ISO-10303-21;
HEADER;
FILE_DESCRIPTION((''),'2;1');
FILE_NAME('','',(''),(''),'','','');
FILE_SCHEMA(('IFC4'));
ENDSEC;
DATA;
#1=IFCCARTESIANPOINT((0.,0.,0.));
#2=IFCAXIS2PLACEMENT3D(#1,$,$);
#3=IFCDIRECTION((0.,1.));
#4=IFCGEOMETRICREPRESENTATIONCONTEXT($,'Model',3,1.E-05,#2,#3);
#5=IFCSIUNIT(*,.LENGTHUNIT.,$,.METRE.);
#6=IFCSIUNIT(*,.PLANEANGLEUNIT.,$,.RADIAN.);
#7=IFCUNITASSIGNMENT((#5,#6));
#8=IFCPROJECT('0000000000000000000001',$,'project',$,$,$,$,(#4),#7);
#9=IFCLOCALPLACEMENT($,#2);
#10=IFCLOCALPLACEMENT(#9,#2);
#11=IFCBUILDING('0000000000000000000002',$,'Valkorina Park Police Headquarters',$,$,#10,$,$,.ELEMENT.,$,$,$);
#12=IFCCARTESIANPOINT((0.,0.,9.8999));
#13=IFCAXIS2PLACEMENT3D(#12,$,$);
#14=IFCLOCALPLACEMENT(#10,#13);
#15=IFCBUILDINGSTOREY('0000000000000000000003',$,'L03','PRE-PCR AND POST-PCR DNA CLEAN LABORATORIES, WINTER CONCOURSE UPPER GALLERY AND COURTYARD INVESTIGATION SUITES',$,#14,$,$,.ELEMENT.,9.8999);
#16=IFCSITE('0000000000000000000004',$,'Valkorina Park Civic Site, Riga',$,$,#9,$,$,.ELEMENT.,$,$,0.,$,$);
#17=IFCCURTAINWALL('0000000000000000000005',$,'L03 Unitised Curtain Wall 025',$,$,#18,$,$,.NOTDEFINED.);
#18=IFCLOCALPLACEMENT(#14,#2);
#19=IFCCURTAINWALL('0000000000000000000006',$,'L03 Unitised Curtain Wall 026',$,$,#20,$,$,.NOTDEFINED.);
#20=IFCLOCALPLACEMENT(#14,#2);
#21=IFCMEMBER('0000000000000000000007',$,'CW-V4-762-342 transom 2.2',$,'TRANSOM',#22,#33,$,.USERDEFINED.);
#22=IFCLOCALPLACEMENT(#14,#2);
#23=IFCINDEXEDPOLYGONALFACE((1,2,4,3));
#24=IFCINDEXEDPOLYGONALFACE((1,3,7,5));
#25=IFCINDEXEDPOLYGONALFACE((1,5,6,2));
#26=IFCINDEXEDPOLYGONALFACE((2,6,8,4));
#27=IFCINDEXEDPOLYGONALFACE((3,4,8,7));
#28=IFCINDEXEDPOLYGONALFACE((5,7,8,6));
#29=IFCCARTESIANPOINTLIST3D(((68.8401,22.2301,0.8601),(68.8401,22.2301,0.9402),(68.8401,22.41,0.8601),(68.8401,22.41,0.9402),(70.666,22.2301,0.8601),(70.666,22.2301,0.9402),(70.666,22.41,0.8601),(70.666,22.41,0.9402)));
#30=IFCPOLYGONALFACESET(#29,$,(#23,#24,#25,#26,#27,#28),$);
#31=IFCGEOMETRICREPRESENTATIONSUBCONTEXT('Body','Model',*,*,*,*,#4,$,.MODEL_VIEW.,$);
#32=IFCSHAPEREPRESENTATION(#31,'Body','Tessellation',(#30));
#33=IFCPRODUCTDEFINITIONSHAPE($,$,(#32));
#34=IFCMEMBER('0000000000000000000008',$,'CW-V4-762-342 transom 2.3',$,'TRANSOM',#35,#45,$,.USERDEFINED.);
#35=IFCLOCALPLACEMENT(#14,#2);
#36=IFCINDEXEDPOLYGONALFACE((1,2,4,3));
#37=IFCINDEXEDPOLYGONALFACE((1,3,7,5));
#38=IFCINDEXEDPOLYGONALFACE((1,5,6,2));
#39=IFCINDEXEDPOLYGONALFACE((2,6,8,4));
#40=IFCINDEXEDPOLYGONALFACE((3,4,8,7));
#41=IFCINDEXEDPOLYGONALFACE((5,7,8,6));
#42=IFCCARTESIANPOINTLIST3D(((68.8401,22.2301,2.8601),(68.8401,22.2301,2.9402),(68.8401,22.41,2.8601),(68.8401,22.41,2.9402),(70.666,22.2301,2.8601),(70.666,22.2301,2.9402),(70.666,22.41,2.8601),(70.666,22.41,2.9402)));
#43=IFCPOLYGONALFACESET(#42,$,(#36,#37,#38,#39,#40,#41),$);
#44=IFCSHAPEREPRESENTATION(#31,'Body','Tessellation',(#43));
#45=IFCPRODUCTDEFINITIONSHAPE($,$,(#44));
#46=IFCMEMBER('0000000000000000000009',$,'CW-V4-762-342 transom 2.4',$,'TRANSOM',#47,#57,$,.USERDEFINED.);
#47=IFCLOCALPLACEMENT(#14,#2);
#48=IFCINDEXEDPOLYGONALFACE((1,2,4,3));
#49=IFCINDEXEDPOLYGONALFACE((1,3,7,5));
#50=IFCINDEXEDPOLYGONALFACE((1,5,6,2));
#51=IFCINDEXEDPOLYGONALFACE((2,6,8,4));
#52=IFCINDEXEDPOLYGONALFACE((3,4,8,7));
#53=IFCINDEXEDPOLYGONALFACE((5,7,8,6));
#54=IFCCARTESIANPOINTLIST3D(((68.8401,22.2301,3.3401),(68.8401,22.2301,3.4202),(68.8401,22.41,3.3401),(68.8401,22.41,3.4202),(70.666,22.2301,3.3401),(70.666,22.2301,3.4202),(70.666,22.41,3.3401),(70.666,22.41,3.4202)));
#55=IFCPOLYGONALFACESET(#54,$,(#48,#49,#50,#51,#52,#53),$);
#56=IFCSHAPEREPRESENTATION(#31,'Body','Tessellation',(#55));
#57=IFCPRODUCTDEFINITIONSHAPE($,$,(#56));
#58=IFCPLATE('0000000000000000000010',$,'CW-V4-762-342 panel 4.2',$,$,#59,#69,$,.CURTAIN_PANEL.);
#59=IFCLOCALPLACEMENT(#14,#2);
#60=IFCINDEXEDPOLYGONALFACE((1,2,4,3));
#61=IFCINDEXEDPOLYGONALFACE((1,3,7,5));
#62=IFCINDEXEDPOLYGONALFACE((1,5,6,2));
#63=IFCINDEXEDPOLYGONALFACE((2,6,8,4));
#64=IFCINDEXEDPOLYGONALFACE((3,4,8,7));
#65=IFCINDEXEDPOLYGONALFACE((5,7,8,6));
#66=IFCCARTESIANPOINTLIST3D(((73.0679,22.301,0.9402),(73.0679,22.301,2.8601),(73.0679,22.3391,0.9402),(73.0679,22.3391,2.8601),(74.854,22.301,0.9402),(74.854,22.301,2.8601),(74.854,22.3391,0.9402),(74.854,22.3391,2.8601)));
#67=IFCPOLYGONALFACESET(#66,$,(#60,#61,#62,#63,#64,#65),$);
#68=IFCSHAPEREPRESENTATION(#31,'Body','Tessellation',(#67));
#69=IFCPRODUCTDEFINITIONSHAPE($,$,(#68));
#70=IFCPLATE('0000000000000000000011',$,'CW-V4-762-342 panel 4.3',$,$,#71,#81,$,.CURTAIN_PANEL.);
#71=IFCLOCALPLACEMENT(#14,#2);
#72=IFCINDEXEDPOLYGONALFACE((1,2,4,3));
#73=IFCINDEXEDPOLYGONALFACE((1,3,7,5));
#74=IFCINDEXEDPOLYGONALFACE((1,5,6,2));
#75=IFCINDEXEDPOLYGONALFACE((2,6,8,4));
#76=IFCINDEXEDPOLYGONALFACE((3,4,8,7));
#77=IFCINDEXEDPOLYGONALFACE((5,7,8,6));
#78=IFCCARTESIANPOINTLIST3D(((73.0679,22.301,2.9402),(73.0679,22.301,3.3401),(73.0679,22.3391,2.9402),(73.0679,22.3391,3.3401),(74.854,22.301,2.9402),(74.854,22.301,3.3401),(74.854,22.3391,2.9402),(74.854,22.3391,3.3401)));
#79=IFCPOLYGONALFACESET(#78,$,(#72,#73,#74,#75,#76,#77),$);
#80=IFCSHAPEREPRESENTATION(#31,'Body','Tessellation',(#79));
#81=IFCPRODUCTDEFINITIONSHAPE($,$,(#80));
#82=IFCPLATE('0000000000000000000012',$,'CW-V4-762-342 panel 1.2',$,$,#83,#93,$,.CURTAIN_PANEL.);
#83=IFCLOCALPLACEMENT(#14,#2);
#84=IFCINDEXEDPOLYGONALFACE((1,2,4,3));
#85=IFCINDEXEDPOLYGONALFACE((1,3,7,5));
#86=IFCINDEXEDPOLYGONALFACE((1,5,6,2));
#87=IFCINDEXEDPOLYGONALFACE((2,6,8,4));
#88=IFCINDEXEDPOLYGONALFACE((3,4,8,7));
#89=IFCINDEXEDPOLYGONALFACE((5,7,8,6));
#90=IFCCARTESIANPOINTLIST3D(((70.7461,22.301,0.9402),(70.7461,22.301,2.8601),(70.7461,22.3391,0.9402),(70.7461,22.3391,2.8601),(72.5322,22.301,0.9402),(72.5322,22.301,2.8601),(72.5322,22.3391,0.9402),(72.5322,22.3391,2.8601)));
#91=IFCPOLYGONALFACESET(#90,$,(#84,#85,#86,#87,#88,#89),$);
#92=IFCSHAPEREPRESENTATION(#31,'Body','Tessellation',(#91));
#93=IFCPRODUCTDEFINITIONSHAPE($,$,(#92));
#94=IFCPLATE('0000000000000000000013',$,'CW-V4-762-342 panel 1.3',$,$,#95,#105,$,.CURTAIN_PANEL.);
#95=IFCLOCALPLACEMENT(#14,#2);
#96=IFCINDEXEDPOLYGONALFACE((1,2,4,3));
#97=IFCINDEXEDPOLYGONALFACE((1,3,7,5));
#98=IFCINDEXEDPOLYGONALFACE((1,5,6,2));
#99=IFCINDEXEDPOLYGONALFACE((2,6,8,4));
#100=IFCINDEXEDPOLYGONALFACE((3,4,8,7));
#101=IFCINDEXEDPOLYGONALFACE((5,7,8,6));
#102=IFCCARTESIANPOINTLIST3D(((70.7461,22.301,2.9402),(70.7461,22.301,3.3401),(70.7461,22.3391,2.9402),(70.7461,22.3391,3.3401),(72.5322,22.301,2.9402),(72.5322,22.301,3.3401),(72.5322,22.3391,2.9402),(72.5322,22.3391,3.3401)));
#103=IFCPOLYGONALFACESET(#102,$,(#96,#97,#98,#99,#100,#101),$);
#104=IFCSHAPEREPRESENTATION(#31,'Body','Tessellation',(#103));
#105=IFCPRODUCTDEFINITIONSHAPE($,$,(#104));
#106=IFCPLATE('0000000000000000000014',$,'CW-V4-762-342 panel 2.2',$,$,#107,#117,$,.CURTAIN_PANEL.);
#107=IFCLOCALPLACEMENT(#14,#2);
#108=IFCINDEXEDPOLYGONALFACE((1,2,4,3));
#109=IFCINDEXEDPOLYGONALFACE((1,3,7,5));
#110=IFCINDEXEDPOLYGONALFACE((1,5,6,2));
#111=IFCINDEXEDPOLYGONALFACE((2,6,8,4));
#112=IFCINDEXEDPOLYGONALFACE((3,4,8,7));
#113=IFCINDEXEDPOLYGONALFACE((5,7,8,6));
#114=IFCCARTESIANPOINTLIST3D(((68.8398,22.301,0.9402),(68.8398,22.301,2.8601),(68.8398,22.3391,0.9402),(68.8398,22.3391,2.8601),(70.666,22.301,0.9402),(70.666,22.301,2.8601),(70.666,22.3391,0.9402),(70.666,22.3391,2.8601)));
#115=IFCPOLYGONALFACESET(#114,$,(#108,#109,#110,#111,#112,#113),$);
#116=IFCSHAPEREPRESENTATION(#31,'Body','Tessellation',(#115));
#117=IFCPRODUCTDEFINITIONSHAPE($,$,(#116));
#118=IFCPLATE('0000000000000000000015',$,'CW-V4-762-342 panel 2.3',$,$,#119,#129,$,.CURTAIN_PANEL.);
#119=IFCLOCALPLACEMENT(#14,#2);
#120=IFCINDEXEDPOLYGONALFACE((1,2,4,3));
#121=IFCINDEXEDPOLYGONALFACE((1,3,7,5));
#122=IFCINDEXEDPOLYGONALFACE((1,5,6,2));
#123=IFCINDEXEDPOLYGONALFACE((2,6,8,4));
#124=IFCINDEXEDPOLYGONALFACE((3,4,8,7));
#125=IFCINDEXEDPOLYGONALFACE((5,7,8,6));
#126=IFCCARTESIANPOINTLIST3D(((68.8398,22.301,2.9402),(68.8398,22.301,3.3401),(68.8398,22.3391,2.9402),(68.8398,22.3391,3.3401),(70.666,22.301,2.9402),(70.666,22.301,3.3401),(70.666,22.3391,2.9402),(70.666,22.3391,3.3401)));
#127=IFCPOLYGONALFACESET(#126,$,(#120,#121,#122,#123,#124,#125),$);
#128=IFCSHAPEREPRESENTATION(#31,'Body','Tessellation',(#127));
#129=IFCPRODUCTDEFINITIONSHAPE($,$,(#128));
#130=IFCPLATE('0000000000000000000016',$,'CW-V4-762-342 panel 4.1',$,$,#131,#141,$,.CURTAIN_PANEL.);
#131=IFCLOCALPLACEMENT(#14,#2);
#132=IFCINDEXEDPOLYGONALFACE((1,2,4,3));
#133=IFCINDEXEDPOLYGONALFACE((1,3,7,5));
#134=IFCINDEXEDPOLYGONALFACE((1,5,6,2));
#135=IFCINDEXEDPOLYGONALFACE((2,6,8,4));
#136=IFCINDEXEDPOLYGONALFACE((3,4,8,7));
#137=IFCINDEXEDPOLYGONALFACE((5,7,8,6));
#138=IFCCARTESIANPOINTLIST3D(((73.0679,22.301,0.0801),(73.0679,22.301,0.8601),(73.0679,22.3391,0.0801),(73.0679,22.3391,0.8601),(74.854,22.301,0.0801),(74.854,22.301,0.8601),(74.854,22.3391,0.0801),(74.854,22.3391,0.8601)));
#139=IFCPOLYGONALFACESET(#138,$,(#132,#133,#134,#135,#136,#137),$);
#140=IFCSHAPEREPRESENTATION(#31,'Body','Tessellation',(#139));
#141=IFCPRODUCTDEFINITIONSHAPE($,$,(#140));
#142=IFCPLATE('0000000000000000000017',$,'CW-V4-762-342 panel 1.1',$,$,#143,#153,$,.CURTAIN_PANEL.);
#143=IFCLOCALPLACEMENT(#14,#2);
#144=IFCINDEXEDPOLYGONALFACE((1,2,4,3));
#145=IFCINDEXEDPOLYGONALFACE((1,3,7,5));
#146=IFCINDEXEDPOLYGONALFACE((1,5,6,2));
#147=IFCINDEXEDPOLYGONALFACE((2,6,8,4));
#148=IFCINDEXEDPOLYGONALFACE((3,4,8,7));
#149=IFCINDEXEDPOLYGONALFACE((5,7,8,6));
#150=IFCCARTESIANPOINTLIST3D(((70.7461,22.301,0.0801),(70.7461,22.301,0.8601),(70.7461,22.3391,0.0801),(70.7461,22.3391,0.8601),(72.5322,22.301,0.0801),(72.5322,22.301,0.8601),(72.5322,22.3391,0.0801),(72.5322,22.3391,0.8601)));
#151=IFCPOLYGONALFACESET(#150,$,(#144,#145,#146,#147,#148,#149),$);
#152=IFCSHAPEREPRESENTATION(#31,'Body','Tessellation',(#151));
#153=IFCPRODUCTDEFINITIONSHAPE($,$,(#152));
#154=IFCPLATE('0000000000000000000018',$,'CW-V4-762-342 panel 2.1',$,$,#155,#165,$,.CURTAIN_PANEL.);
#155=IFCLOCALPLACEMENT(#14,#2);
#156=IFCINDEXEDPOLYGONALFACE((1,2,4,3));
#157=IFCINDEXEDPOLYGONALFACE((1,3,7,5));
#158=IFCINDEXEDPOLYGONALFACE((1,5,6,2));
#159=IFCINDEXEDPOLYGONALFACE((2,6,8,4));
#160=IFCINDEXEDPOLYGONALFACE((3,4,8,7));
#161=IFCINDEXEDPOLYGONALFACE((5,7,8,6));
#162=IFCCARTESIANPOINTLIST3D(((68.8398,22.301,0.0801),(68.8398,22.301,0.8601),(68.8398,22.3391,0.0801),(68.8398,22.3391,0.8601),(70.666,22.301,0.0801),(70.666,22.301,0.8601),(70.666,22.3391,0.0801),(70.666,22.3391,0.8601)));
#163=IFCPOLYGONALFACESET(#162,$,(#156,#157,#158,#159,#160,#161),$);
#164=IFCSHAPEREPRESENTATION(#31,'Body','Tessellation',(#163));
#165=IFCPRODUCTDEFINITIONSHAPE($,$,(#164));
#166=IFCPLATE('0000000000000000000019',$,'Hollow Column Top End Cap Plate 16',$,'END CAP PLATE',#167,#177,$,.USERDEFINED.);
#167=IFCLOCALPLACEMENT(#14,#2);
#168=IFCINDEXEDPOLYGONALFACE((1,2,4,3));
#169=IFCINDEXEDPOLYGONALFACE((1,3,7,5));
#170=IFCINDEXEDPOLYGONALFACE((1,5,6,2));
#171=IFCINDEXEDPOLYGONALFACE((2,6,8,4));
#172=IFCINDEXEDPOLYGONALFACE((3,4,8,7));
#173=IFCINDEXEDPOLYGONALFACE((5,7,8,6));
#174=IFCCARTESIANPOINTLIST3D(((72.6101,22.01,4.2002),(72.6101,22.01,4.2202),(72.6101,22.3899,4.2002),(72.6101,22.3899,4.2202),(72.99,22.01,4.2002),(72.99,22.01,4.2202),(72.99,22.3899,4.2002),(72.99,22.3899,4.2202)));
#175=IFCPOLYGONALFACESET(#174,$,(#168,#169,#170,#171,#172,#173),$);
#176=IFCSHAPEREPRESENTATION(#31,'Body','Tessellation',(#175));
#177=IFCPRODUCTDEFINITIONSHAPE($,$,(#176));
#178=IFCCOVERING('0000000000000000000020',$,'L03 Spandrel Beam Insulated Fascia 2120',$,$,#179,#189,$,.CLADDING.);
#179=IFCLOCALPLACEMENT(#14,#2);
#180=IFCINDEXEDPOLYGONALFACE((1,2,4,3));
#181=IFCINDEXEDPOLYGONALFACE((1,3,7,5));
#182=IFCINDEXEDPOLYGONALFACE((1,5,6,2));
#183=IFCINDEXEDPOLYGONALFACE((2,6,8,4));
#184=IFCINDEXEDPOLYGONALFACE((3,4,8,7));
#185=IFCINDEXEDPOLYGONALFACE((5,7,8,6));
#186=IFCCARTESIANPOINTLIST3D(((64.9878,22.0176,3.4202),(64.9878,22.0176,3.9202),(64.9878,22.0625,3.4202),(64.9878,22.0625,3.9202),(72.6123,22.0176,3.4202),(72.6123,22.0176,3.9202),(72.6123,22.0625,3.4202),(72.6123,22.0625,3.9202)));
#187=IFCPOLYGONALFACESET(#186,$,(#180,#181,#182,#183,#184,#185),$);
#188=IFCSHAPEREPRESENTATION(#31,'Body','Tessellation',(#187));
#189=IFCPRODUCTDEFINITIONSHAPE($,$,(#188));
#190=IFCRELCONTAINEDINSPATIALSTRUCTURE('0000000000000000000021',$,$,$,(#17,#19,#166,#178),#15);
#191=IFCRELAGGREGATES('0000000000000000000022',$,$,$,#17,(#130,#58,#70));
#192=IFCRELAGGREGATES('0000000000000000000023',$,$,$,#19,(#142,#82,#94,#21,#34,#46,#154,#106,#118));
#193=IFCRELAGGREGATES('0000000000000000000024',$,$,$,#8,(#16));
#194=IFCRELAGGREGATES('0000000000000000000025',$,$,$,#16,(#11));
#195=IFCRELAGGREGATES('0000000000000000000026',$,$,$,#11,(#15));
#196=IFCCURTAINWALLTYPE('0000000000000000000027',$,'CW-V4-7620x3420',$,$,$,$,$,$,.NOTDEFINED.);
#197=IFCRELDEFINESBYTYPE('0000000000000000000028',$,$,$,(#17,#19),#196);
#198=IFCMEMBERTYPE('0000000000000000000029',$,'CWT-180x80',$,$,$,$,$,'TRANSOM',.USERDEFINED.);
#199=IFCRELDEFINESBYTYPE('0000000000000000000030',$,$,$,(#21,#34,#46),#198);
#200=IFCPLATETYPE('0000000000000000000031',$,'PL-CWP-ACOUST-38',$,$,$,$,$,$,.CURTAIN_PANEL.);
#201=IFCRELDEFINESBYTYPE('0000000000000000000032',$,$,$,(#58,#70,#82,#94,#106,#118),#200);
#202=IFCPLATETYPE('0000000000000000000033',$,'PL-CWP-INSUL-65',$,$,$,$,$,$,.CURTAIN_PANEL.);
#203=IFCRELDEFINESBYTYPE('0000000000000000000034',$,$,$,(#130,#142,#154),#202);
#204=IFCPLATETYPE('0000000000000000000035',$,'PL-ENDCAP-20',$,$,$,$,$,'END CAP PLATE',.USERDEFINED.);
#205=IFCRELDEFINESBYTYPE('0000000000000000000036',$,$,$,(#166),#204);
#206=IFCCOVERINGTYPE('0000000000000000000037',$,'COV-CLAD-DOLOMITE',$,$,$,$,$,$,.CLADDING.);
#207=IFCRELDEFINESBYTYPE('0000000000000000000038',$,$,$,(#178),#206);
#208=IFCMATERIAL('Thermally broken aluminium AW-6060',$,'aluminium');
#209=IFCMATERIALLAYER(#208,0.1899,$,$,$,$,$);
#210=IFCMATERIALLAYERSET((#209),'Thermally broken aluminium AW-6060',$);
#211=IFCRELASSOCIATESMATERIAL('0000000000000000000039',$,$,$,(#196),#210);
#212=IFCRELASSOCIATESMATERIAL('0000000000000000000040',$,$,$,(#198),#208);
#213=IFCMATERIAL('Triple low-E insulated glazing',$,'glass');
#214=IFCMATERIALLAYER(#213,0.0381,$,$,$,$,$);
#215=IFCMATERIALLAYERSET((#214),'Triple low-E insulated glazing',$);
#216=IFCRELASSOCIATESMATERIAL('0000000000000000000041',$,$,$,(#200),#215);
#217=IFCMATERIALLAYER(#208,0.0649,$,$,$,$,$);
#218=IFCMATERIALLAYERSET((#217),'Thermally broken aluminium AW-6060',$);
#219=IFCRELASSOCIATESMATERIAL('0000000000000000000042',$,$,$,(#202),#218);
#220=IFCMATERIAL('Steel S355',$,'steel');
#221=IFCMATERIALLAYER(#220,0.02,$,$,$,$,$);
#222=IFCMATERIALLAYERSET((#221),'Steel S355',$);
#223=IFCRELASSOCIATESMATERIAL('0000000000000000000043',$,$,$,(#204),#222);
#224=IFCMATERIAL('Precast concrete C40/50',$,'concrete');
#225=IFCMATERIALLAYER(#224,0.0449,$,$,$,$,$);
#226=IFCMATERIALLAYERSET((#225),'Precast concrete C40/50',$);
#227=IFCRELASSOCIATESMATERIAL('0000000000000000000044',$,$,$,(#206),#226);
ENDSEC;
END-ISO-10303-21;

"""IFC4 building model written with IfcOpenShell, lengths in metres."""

from ifc_helpers import new_model, si_unit, direction, frame, frame_2d, origin, origin_2d, place, context, subcontext, project, spatial, rectangle, extrude, material, layer, layer_set, material_profile, profile_set, type_object, element, aggregate, save


model = new_model("IFC4")

# Units and contexts
model_context = context("Model", 3, precision=1e-05, world=origin(), true_north=direction((0.0, 1.0)))
body_context = subcontext(model_context, "Body", "Model", "MODEL_VIEW")
ifc_project = project(units=[si_unit("LENGTHUNIT", "METRE"), si_unit("PLANEANGLEUNIT", "RADIAN")], contexts=[model_context])

# Site, building, storey
site_placement = place(None, origin())
site = spatial("IfcSite", under=ifc_project, at=site_placement, Name="Valkorina Park Civic Site, Riga", CompositionType="ELEMENT", RefElevation=0.0)
building_placement = place(site_placement, origin())
building = spatial("IfcBuilding", under=site, at=building_placement, Name="Valkorina Park Police Headquarters", CompositionType="ELEMENT")
storey_placement = place(building_placement, frame((0.0, 0.0, 9.8999)))
storey = spatial("IfcBuildingStorey", under=building, at=storey_placement, Name="L03", Description="PRE-PCR AND POST-PCR DNA CLEAN LABORATORIES, WINTER CONCOURSE UPPER GALLERY AND COURTYARD INVESTIGATION SUITES", CompositionType="ELEMENT", Elevation=9.8999)

# Shared definitions
ifc_material_1 = material(Name="Steel S355", Category="steel")

# Curtain wall
ifc_material_2 = material(Name="Thermally broken aluminium AW-6060", Category="aluminium")
ifc_layer_1 = layer(ifc_material_2, 0.1899)
ifc_layer_set_1 = layer_set([ifc_layer_1], Name="Thermally broken aluminium AW-6060")
curtain_wall_type = type_object("IfcCurtainWallType", Name="CW-V4-7620x3420", PredefinedType="NOTDEFINED", material=ifc_layer_set_1)
curtain_wall_1_placement = place(storey_placement, origin())
curtain_wall_1 = element("IfcCurtainWall", 1, at=curtain_wall_1_placement, inside=storey, type_object=curtain_wall_type, Name="L03 Unitised Curtain Wall 025", PredefinedType="NOTDEFINED")

# Curtain wall
curtain_wall_2_placement = place(storey_placement, origin())
curtain_wall_2 = element("IfcCurtainWall", 2, at=curtain_wall_2_placement, inside=storey, type_object=curtain_wall_type, Name="L03 Unitised Curtain Wall 026", PredefinedType="NOTDEFINED")

# Members
ifc_material_profile_1 = material_profile(ifc_material_2, rectangle(XDim=0.1799, YDim=0.0801, at=origin_2d()), Name="CWT-03 180x80")
ifc_profile_set_1 = profile_set([ifc_material_profile_1], Name="Thermally broken aluminium AW-6060")
member_type_1 = type_object("IfcMemberType", Name="CWT-180x80", ElementType="TRANSOM", PredefinedType="USERDEFINED", material=ifc_profile_set_1)
member_1_placement = place(storey_placement, frame((70.666, 22.3201, 0.9001), z_axis=(-1.0, 0.0, 0.0), x_axis=(0.0, -1.0, 0.0)))
member_1 = element("IfcMember", 3, at=member_1_placement, type_object=member_type_1, Name="CW-V4-762-342 transom 2.2", ObjectType="TRANSOM", PredefinedType="USERDEFINED", context=body_context, shape_type="SweptSolid", body=[
    extrude(rectangle(XDim=0.1799, YDim=0.0801, at=origin_2d()), origin(), (0.0, 0.0, 1.0), 1.8259),
])
member_2_placement = place(storey_placement, frame((70.666, 22.3201, 2.9001), z_axis=(-1.0, 0.0, 0.0), x_axis=(0.0, -1.0, 0.0)))
member_2 = element("IfcMember", 4, at=member_2_placement, type_object=member_type_1, Name="CW-V4-762-342 transom 2.3", ObjectType="TRANSOM", PredefinedType="USERDEFINED", context=body_context, shape_type="SweptSolid", body=[
    extrude(rectangle(XDim=0.1799, YDim=0.0801, at=origin_2d()), origin(), (0.0, 0.0, 1.0), 1.8259),
])
member_3_placement = place(storey_placement, frame((70.666, 22.3201, 3.3801), z_axis=(-1.0, 0.0, 0.0), x_axis=(0.0, -1.0, 0.0)))
member_3 = element("IfcMember", 5, at=member_3_placement, type_object=member_type_1, Name="CW-V4-762-342 transom 2.4", ObjectType="TRANSOM", PredefinedType="USERDEFINED", context=body_context, shape_type="SweptSolid", body=[
    extrude(rectangle(XDim=0.1799, YDim=0.0801, at=origin_2d()), origin(), (0.0, 0.0, 1.0), 1.8259),
])

# Plates
ifc_material_3 = material(Name="Triple low-E insulated glazing", Category="glass")
ifc_layer_2 = layer(ifc_material_3, 0.0381)
ifc_layer_set_2 = layer_set([ifc_layer_2], Name="Triple low-E insulated glazing")
plate_type_1 = type_object("IfcPlateType", Name="PL-CWP-ACOUST-38", PredefinedType="CURTAIN_PANEL", material=ifc_layer_set_2)
plate_1_placement = place(storey_placement, frame((73.9609, 22.3201, 0.9402), z_axis=(0.0, 0.0, 1.0), x_axis=(-1.0, 0.0, 0.0)))
plate_1 = element("IfcPlate", 6, at=plate_1_placement, type_object=plate_type_1, Name="CW-V4-762-342 panel 4.2", PredefinedType="CURTAIN_PANEL", context=body_context, shape_type="SweptSolid", body=[
    extrude(rectangle(XDim=1.7861, YDim=0.0381, at=origin_2d()), origin(), (0.0, 0.0, 1.0), 1.9199),
])
plate_2_placement = place(storey_placement, frame((73.9609, 22.3201, 2.9402), z_axis=(0.0, 0.0, 1.0), x_axis=(-1.0, 0.0, 0.0)))
plate_2 = element("IfcPlate", 7, at=plate_2_placement, type_object=plate_type_1, Name="CW-V4-762-342 panel 4.3", PredefinedType="CURTAIN_PANEL", context=body_context, shape_type="SweptSolid", body=[
    extrude(rectangle(XDim=1.7861, YDim=0.0381, at=origin_2d()), origin(), (0.0, 0.0, 1.0), 0.3999),
])
plate_3_placement = place(storey_placement, frame((71.6392, 22.3201, 0.9402), z_axis=(0.0, 0.0, 1.0), x_axis=(-1.0, 0.0, 0.0)))
plate_3 = element("IfcPlate", 8, at=plate_3_placement, type_object=plate_type_1, Name="CW-V4-762-342 panel 1.2", PredefinedType="CURTAIN_PANEL", context=body_context, shape_type="SweptSolid", body=[
    extrude(rectangle(XDim=1.7861, YDim=0.0381, at=origin_2d()), origin(), (0.0, 0.0, 1.0), 1.9199),
])
plate_4_placement = place(storey_placement, frame((71.6392, 22.3201, 2.9402), z_axis=(0.0, 0.0, 1.0), x_axis=(-1.0, 0.0, 0.0)))
plate_4 = element("IfcPlate", 9, at=plate_4_placement, type_object=plate_type_1, Name="CW-V4-762-342 panel 1.3", PredefinedType="CURTAIN_PANEL", context=body_context, shape_type="SweptSolid", body=[
    extrude(rectangle(XDim=1.7861, YDim=0.0381, at=origin_2d()), origin(), (0.0, 0.0, 1.0), 0.3999),
])
plate_5_placement = place(storey_placement, frame((69.7529, 22.3201, 0.9402), z_axis=(0.0, 0.0, 1.0), x_axis=(-1.0, 0.0, 0.0)))
plate_5 = element("IfcPlate", 10, at=plate_5_placement, type_object=plate_type_1, Name="CW-V4-762-342 panel 2.2", PredefinedType="CURTAIN_PANEL", context=body_context, shape_type="SweptSolid", body=[
    extrude(rectangle(XDim=1.8262, YDim=0.0381, at=origin_2d()), origin(), (0.0, 0.0, 1.0), 1.9199),
])
plate_6_placement = place(storey_placement, frame((69.7529, 22.3201, 2.9402), z_axis=(0.0, 0.0, 1.0), x_axis=(-1.0, 0.0, 0.0)))
plate_6 = element("IfcPlate", 11, at=plate_6_placement, type_object=plate_type_1, Name="CW-V4-762-342 panel 2.3", PredefinedType="CURTAIN_PANEL", context=body_context, shape_type="SweptSolid", body=[
    extrude(rectangle(XDim=1.8262, YDim=0.0381, at=origin_2d()), origin(), (0.0, 0.0, 1.0), 0.3999),
])
ifc_layer_3 = layer(ifc_material_2, 0.0649)
ifc_layer_set_3 = layer_set([ifc_layer_3], Name="Thermally broken aluminium AW-6060")
plate_type_2 = type_object("IfcPlateType", Name="PL-CWP-INSUL-65", PredefinedType="CURTAIN_PANEL", material=ifc_layer_set_3)
plate_7_placement = place(storey_placement, frame((73.9609, 22.3201, 0.0801), z_axis=(0.0, 0.0, 1.0), x_axis=(-1.0, 0.0, 0.0)))
plate_7 = element("IfcPlate", 12, at=plate_7_placement, type_object=plate_type_2, Name="CW-V4-762-342 panel 4.1", PredefinedType="CURTAIN_PANEL", context=body_context, shape_type="SweptSolid", body=[
    extrude(rectangle(XDim=1.7861, YDim=0.0381, at=origin_2d()), origin(), (0.0, 0.0, 1.0), 0.78),
])
aggregate(curtain_wall_1, [plate_7, plate_1, plate_2])
plate_8_placement = place(storey_placement, frame((71.6392, 22.3201, 0.0801), z_axis=(0.0, 0.0, 1.0), x_axis=(-1.0, 0.0, 0.0)))
plate_8 = element("IfcPlate", 13, at=plate_8_placement, type_object=plate_type_2, Name="CW-V4-762-342 panel 1.1", PredefinedType="CURTAIN_PANEL", context=body_context, shape_type="SweptSolid", body=[
    extrude(rectangle(XDim=1.7861, YDim=0.0381, at=origin_2d()), origin(), (0.0, 0.0, 1.0), 0.78),
])
plate_9_placement = place(storey_placement, frame((69.7529, 22.3201, 0.0801), z_axis=(0.0, 0.0, 1.0), x_axis=(-1.0, 0.0, 0.0)))
plate_9 = element("IfcPlate", 14, at=plate_9_placement, type_object=plate_type_2, Name="CW-V4-762-342 panel 2.1", PredefinedType="CURTAIN_PANEL", context=body_context, shape_type="SweptSolid", body=[
    extrude(rectangle(XDim=1.8262, YDim=0.0381, at=origin_2d()), origin(), (0.0, 0.0, 1.0), 0.78),
])
aggregate(curtain_wall_2, [plate_8, plate_3, plate_4, member_1, member_2, member_3, plate_9, plate_5, plate_6])
ifc_layer_4 = layer(ifc_material_1, 0.02)
ifc_layer_set_4 = layer_set([ifc_layer_4], Name="Steel S355")
plate_type_3 = type_object("IfcPlateType", Name="PL-ENDCAP-20", ElementType="END CAP PLATE", PredefinedType="USERDEFINED", material=ifc_layer_set_4)
plate_10_placement = place(storey_placement, frame((72.8, 22.2, 4.2002), z_axis=(0.0, 0.0, 1.0), x_axis=(1.0, 0.0, 0.0)))
element("IfcPlate", 15, at=plate_10_placement, inside=storey, type_object=plate_type_3, Name="Hollow Column Top End Cap Plate 16", ObjectType="END CAP PLATE", PredefinedType="USERDEFINED", context=body_context, shape_type="SweptSolid", body=[
    extrude(rectangle(XDim=0.3799, YDim=0.3799, at=origin_2d()), origin(), (0.0, 0.0, 1.0), 0.02),
])

# Covering
ifc_material_4 = material(Name="Precast concrete C40/50", Category="concrete")
ifc_layer_5 = layer(ifc_material_4, 0.0449)
ifc_layer_set_5 = layer_set([ifc_layer_5], Name="Precast concrete C40/50")
covering_type = type_object("IfcCoveringType", Name="COV-CLAD-DOLOMITE", PredefinedType="CLADDING", material=ifc_layer_set_5)
covering_placement = place(storey_placement, frame((72.6123, 22.04, 3.4202), z_axis=(0.0, 0.0, 1.0), x_axis=(-1.0, 0.0, 0.0)))
element("IfcCovering", 16, at=covering_placement, inside=storey, type_object=covering_type, Name="L03 Spandrel Beam Insulated Fascia 2120", PredefinedType="CLADDING", context=body_context, shape_type="SweptSolid", body=[
    extrude(rectangle(XDim=7.6245, YDim=0.0449, at=frame_2d((3.8123, 0.0))), origin(), (0.0, 0.0, 1.0), 0.5),
])

save(model, "model.ifc")
